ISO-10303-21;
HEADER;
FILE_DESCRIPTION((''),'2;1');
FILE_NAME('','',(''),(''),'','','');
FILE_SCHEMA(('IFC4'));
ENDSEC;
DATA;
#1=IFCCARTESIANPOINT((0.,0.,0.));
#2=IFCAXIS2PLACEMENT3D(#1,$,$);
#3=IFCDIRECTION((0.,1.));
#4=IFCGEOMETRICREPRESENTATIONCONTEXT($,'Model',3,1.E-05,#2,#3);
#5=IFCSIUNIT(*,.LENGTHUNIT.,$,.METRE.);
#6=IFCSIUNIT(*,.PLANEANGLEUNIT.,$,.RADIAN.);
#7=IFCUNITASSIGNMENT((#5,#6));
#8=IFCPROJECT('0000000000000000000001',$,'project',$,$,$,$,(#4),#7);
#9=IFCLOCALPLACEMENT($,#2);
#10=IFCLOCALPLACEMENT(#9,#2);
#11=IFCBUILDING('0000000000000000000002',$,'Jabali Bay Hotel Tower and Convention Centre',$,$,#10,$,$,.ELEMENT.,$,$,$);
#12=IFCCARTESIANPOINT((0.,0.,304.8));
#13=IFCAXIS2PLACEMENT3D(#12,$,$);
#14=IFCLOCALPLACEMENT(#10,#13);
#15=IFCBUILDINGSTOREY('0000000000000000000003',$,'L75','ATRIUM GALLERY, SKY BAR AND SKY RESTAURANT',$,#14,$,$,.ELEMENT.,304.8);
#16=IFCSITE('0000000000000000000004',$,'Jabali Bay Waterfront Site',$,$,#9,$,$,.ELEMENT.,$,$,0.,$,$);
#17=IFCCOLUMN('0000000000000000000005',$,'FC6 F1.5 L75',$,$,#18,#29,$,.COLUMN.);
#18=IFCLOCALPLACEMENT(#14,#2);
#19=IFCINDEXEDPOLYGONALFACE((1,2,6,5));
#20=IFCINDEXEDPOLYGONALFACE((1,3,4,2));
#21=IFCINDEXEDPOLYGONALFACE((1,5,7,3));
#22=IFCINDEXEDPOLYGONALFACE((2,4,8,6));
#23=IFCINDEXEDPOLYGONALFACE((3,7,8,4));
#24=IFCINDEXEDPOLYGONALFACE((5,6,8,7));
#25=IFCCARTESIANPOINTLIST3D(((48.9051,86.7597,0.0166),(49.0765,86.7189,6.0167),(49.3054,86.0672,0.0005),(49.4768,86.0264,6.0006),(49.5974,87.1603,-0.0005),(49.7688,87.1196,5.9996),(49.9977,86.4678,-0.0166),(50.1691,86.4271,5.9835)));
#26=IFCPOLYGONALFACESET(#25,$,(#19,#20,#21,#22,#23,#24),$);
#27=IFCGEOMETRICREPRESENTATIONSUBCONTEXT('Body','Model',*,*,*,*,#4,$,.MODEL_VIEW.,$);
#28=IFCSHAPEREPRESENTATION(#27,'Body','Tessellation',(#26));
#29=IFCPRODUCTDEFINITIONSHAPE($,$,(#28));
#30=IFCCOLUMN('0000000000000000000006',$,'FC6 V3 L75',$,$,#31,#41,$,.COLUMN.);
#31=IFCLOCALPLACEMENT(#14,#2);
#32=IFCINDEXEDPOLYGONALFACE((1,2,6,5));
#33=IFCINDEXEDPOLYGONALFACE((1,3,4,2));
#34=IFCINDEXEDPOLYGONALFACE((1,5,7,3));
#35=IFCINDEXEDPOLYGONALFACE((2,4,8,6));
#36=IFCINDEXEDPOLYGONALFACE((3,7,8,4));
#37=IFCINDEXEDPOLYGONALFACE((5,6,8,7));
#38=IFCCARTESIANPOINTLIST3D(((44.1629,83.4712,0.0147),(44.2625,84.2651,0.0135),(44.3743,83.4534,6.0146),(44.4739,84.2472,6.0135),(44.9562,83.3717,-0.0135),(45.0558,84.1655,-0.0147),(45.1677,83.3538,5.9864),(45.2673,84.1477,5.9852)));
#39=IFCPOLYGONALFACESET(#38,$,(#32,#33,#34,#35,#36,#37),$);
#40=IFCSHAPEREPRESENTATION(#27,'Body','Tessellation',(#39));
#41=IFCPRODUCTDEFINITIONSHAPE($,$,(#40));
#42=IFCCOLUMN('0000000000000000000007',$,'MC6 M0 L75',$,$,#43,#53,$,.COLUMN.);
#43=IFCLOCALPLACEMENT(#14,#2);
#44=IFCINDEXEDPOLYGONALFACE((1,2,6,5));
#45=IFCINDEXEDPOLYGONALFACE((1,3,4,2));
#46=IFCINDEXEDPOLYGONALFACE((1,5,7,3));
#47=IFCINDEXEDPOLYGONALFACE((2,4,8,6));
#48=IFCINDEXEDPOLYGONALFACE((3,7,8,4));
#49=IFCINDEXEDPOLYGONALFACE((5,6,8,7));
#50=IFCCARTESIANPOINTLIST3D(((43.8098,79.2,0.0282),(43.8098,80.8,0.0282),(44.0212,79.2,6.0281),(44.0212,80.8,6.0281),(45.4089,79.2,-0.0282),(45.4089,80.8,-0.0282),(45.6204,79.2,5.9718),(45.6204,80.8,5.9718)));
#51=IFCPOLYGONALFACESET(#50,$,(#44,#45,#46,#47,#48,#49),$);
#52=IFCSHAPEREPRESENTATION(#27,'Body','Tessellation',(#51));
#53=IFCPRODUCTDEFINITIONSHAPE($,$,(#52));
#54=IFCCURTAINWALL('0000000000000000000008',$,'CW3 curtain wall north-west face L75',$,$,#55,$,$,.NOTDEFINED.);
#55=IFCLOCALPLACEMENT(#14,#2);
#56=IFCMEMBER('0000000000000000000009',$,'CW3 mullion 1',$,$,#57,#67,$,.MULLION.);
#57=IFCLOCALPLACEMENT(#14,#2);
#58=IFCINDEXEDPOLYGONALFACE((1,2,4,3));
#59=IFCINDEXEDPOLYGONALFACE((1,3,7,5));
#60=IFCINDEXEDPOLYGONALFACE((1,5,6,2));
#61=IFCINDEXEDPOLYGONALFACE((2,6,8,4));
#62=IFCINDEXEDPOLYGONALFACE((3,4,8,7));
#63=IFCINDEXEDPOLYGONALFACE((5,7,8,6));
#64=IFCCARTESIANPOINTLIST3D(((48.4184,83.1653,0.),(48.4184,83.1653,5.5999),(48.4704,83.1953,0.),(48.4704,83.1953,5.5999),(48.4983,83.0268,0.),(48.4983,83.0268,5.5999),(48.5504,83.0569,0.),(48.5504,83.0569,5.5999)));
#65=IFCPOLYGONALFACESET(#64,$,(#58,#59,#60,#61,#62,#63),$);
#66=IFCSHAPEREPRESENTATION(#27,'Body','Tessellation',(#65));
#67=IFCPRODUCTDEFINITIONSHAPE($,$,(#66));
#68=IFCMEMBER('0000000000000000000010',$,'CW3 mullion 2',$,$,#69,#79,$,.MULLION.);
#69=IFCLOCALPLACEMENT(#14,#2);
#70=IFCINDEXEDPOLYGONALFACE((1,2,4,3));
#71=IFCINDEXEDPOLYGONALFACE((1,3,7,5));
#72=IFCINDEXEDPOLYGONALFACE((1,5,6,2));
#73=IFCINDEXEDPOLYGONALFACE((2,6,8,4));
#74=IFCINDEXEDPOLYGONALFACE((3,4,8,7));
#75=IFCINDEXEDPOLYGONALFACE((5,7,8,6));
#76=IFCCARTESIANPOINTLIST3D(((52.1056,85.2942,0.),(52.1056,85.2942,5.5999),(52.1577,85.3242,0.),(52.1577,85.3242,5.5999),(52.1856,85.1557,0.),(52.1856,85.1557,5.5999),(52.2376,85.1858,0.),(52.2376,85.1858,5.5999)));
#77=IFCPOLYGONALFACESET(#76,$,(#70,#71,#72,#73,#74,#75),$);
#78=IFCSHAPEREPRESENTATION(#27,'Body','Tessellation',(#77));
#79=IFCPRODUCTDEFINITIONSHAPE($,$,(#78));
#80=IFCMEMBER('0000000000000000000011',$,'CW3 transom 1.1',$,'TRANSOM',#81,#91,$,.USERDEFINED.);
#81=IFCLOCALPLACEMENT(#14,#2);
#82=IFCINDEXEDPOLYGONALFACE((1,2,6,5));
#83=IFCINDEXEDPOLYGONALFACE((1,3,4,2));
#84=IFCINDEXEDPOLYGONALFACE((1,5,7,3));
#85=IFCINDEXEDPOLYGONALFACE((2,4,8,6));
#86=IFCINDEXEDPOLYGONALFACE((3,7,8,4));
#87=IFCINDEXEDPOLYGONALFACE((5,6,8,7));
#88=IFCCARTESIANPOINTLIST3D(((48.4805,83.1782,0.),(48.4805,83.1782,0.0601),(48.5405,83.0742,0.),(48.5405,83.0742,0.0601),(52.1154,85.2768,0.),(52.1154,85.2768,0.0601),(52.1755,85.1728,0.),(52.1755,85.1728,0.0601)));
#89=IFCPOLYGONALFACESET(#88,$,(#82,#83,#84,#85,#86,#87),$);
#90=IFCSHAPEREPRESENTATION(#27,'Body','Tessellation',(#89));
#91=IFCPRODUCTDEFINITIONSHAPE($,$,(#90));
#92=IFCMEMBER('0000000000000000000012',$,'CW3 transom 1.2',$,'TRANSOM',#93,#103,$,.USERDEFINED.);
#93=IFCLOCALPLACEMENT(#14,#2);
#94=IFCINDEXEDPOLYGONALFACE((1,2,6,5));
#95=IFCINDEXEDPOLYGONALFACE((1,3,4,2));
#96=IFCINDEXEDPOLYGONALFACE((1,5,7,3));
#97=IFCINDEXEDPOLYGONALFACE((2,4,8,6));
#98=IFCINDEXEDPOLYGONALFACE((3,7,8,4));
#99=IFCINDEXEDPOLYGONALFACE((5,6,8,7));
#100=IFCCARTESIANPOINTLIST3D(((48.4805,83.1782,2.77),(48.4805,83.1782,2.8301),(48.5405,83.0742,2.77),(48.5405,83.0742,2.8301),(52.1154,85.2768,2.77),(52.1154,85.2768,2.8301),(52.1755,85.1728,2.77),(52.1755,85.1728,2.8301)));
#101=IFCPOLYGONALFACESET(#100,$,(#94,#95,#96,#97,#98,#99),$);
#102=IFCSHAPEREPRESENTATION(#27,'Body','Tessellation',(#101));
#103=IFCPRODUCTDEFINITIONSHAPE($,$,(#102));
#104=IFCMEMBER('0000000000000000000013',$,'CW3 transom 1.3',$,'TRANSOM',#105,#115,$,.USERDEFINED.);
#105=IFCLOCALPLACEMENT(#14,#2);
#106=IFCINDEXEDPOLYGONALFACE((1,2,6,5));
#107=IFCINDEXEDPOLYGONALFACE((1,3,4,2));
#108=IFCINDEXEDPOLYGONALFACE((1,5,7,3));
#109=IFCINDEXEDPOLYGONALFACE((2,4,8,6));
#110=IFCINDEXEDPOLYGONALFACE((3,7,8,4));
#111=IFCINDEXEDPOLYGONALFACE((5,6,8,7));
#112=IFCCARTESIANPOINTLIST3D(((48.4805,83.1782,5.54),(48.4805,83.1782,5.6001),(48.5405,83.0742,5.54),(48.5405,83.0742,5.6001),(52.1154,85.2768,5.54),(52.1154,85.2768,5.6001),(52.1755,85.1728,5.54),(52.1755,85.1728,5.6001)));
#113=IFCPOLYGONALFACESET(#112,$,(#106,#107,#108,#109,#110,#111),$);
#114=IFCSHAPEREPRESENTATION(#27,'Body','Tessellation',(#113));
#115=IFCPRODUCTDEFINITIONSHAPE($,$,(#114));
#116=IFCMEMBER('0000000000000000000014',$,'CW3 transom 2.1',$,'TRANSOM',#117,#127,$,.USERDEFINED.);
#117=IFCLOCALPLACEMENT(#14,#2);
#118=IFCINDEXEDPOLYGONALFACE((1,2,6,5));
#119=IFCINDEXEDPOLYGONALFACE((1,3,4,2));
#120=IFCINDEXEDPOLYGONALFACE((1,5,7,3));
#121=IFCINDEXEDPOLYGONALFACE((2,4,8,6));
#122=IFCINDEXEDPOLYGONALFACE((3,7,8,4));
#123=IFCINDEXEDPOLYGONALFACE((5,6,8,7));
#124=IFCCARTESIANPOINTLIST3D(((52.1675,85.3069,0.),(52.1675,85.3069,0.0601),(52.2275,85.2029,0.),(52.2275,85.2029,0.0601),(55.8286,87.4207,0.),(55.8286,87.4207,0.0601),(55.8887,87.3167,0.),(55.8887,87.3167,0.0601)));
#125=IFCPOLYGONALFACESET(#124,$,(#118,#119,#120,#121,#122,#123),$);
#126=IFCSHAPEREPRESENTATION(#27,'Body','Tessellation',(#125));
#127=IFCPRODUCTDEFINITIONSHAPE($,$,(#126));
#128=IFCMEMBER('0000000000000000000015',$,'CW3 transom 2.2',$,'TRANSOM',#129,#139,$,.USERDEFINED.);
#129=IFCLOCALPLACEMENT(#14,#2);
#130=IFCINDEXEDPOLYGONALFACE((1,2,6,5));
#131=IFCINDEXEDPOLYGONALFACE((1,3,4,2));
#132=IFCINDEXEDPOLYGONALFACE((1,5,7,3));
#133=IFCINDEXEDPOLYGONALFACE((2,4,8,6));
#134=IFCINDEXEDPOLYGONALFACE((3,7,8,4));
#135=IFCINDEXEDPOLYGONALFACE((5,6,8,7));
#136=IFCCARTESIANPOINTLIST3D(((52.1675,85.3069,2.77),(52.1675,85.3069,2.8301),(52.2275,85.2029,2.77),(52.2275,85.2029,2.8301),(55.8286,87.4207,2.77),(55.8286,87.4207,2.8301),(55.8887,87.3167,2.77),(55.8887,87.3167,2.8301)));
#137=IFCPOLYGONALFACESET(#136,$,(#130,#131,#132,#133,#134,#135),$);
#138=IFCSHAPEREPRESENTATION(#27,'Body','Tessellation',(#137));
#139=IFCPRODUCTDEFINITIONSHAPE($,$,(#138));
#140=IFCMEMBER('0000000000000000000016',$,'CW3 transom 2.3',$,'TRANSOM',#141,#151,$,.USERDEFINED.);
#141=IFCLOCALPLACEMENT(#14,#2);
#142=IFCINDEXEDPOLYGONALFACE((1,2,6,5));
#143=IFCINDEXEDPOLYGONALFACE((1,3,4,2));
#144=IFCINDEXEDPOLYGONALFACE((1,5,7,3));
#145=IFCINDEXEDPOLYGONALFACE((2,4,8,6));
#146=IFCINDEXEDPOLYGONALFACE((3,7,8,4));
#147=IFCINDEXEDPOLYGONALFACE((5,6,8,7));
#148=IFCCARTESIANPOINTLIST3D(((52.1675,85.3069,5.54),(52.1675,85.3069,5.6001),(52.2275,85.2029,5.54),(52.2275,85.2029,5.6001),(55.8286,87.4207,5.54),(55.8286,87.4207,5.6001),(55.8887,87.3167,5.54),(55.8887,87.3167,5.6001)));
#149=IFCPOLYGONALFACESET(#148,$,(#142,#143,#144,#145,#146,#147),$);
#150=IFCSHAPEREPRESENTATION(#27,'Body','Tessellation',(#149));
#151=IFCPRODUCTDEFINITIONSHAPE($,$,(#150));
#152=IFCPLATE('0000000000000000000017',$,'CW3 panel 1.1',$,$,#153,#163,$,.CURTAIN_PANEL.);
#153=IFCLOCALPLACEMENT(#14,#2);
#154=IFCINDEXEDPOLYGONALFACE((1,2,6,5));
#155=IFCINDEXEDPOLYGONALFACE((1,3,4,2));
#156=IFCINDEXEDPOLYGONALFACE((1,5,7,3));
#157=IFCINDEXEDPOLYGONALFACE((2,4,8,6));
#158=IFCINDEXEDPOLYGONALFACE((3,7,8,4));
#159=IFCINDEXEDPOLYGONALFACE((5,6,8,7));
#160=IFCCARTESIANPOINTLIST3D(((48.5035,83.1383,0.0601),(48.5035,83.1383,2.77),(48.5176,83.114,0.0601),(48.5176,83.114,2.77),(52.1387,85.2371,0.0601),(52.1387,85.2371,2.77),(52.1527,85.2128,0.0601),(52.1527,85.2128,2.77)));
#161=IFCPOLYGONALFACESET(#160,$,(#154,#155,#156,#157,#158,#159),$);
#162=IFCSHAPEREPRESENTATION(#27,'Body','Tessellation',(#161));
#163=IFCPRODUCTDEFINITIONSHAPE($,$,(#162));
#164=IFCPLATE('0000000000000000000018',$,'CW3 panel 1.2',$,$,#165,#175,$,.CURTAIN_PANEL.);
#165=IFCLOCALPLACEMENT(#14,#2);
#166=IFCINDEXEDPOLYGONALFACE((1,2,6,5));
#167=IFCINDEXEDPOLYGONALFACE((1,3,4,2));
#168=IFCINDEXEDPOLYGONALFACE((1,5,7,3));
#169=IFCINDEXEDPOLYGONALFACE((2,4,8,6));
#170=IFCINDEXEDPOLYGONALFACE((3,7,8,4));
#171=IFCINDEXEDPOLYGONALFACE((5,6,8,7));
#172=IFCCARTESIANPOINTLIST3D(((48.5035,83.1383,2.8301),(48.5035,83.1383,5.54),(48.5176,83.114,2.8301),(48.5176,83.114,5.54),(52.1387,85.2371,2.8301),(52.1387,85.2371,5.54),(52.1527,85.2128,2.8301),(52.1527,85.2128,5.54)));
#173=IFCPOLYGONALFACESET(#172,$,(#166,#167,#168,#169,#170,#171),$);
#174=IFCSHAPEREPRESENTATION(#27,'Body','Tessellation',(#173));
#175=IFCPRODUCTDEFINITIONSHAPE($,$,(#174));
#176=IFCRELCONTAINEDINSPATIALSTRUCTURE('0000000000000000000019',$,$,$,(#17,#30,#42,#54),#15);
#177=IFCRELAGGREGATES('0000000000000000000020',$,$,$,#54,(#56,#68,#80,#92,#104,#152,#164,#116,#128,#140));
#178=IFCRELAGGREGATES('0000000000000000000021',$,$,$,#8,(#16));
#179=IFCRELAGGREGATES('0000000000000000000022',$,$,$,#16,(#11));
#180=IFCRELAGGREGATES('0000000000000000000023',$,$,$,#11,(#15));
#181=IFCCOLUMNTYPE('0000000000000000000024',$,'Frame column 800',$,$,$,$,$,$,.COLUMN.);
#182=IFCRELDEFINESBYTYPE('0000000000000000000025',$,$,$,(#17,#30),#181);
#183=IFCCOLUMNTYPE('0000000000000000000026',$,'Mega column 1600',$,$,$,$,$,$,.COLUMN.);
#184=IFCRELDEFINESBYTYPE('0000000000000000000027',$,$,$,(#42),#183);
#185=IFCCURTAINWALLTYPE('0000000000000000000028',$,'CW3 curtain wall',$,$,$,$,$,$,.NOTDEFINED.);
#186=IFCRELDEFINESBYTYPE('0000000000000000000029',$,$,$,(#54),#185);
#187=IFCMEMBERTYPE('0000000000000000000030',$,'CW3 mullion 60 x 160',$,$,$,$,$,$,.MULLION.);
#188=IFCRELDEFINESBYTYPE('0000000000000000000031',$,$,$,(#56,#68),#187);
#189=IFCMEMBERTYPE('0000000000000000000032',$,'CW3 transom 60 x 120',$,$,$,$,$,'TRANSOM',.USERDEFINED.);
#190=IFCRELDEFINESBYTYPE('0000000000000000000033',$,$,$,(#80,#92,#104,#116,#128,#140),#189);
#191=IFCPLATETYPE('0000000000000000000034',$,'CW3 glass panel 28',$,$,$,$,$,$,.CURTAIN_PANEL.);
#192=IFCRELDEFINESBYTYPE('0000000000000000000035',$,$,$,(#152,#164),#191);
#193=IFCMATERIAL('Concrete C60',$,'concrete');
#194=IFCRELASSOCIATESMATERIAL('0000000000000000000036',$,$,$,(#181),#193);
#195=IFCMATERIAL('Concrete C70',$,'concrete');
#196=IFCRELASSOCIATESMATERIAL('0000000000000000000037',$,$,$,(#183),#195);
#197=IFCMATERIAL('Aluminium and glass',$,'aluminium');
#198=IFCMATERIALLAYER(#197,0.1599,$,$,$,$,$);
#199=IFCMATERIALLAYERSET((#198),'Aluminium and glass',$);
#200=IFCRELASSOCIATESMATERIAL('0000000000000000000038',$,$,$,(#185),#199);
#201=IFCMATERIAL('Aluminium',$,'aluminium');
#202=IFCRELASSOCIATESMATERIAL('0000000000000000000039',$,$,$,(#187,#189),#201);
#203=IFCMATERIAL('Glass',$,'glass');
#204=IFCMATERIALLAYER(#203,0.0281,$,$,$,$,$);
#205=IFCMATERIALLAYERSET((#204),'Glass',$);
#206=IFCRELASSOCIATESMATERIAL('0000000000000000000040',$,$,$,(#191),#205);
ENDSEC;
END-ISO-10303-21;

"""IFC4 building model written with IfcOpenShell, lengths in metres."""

from ifc_helpers import new_model, si_unit, direction, frame, origin, origin_2d, place, context, subcontext, project, spatial, rectangle, extrude, material, layer, layer_set, material_profile, profile_set, type_object, element, aggregate, save


model = new_model("IFC4")

# Units and contexts
model_context = context("Model", 3, precision=1e-05, world=origin(), true_north=direction((0.0, 1.0)))
body_context = subcontext(model_context, "Body", "Model", "MODEL_VIEW")
ifc_project = project(units=[si_unit("LENGTHUNIT", "METRE"), si_unit("PLANEANGLEUNIT", "RADIAN")], contexts=[model_context])

# Site, building, storey
site_placement = place(None, origin())
site = spatial("IfcSite", under=ifc_project, at=site_placement, Name="Jabali Bay Waterfront Site", CompositionType="ELEMENT", RefElevation=0.0)
building_placement = place(site_placement, origin())
building = spatial("IfcBuilding", under=site, at=building_placement, Name="Jabali Bay Hotel Tower and Convention Centre", CompositionType="ELEMENT")
storey_placement = place(building_placement, frame((0.0, 0.0, 304.8)))
storey = spatial("IfcBuildingStorey", under=building, at=storey_placement, Name="L75", Description="ATRIUM GALLERY, SKY BAR AND SKY RESTAURANT", CompositionType="ELEMENT", Elevation=304.8)

# Columns
ifc_material_1 = material(Name="Concrete C60", Category="concrete")
ifc_material_profile_1 = material_profile(ifc_material_1, rectangle(XDim=0.8, YDim=0.8, at=origin_2d()), Name="Frame column 800")
ifc_profile_set_1 = profile_set([ifc_material_profile_1], Name="Concrete C60")
column_type_1 = type_object("IfcColumnType", Name="Frame column 800", PredefinedType="COLUMN", material=ifc_profile_set_1)
column_1_placement = place(storey_placement, frame((49.4514, 86.6138, 0.0), z_axis=(0.028552, -0.006792, 0.999569), x_axis=(-0.50039, 0.865565, 0.020175)))
element("IfcColumn", 1, at=column_1_placement, inside=storey, type_object=column_type_1, Name="FC6 F1.5 L75", PredefinedType="COLUMN", context=body_context, shape_type="SweptSolid", body=[
    extrude(rectangle(XDim=0.8, YDim=0.8, at=origin_2d()), origin(), (0.0, 0.0, 1.0), 6.0027),
])
column_2_placement = place(storey_placement, frame((44.6094, 83.8184, 0.0), z_axis=(0.035216, -0.002969, 0.999375), x_axis=(-0.991594, 0.124478, 0.035311)))
element("IfcColumn", 2, at=column_2_placement, inside=storey, type_object=column_type_1, Name="FC6 V3 L75", PredefinedType="COLUMN", context=body_context, shape_type="SweptSolid", body=[
    extrude(rectangle(XDim=0.8, YDim=0.8, at=origin_2d()), origin(), (0.0, 0.0, 1.0), 6.0037),
])
ifc_material_2 = material(Name="Concrete C70", Category="concrete")
ifc_material_profile_2 = material_profile(ifc_material_2, rectangle(XDim=1.6001, YDim=1.6001, at=origin_2d()), Name="Mega column 1600")
ifc_profile_set_2 = profile_set([ifc_material_profile_2], Name="Concrete C70")
column_type_2 = type_object("IfcColumnType", Name="Mega column 1600", PredefinedType="COLUMN", material=ifc_profile_set_2)
column_3_placement = place(storey_placement, frame((44.6094, 80.0, 0.0), z_axis=(0.035216, 0.0, 0.99938), x_axis=(0.0, 1.0, 0.0)))
element("IfcColumn", 3, at=column_3_placement, inside=storey, type_object=column_type_2, Name="MC6 M0 L75", PredefinedType="COLUMN", context=body_context, shape_type="SweptSolid", body=[
    extrude(rectangle(XDim=1.6001, YDim=1.6001, at=origin_2d()), origin(), (0.0, 0.0, 1.0), 6.0037),
])

# Curtain wall, members, plates
ifc_material_3 = material(Name="Aluminium and glass", Category="aluminium")
ifc_layer_1 = layer(ifc_material_3, 0.1599)
ifc_layer_set_1 = layer_set([ifc_layer_1], Name="Aluminium and glass")
curtain_wall_type = type_object("IfcCurtainWallType", Name="CW3 curtain wall", PredefinedType="NOTDEFINED", material=ifc_layer_set_1)
curtain_wall_placement = place(storey_placement, origin())
curtain_wall = element("IfcCurtainWall", 4, at=curtain_wall_placement, inside=storey, type_object=curtain_wall_type, Name="CW3 curtain wall north-west face L75", PredefinedType="NOTDEFINED")
ifc_material_4 = material(Name="Aluminium", Category="aluminium")
ifc_material_profile_3 = material_profile(ifc_material_4, rectangle(XDim=0.1599, YDim=0.0601, at=origin_2d()), Name="CW3 mullion 60 x 160")
ifc_profile_set_3 = profile_set([ifc_material_profile_3], Name="Aluminium")
member_type_1 = type_object("IfcMemberType", Name="CW3 mullion 60 x 160", PredefinedType="MULLION", material=ifc_profile_set_3)
member_1_placement = place(storey_placement, frame((48.4844, 83.1111, 0.0), z_axis=(0.0, 0.0, 1.0), x_axis=(-0.5, 0.866025, 0.0)))
member_1 = element("IfcMember", 5, at=member_1_placement, type_object=member_type_1, Name="CW3 mullion 1", PredefinedType="MULLION", context=body_context, shape_type="SweptSolid", body=[
    extrude(rectangle(XDim=0.1599, YDim=0.0601, at=origin_2d()), origin(), (0.0, 0.0, 1.0), 5.5999),
])
member_2_placement = place(storey_placement, frame((52.1716, 85.24, 0.0), z_axis=(0.0, 0.0, 1.0), x_axis=(-0.5, 0.866025, 0.0)))
member_2 = element("IfcMember", 6, at=member_2_placement, type_object=member_type_1, Name="CW3 mullion 2", PredefinedType="MULLION", context=body_context, shape_type="SweptSolid", body=[
    extrude(rectangle(XDim=0.1599, YDim=0.0601, at=origin_2d()), origin(), (0.0, 0.0, 1.0), 5.5999),
])
ifc_material_profile_4 = material_profile(ifc_material_4, rectangle(XDim=0.1201, YDim=0.0601, at=origin_2d()), Name="CW3 transom 60 x 120")
ifc_profile_set_4 = profile_set([ifc_material_profile_4], Name="Aluminium")
member_type_2 = type_object("IfcMemberType", Name="CW3 transom 60 x 120", ElementType="TRANSOM", PredefinedType="USERDEFINED", material=ifc_profile_set_4)
member_3_placement = place(storey_placement, frame((48.5105, 83.1262, 0.03), z_axis=(0.86603, 0.499993, 0.0), x_axis=(-0.499993, 0.86603, 0.0)))
member_3 = element("IfcMember", 7, at=member_3_placement, type_object=member_type_2, Name="CW3 transom 1.1", ObjectType="TRANSOM", PredefinedType="USERDEFINED", context=body_context, shape_type="SweptSolid", body=[
    extrude(rectangle(XDim=0.1201, YDim=0.0601, at=origin_2d()), origin(), (0.0, 0.0, 1.0), 4.1973),
])
member_4_placement = place(storey_placement, frame((48.5105, 83.1262, 2.8), z_axis=(0.86603, 0.499993, 0.0), x_axis=(-0.499993, 0.86603, 0.0)))
member_4 = element("IfcMember", 8, at=member_4_placement, type_object=member_type_2, Name="CW3 transom 1.2", ObjectType="TRANSOM", PredefinedType="USERDEFINED", context=body_context, shape_type="SweptSolid", body=[
    extrude(rectangle(XDim=0.1201, YDim=0.0601, at=origin_2d()), origin(), (0.0, 0.0, 1.0), 4.1973),
])
member_5_placement = place(storey_placement, frame((48.5105, 83.1262, 5.5701), z_axis=(0.86603, 0.499993, 0.0), x_axis=(-0.499993, 0.86603, 0.0)))
member_5 = element("IfcMember", 9, at=member_5_placement, type_object=member_type_2, Name="CW3 transom 1.3", ObjectType="TRANSOM", PredefinedType="USERDEFINED", context=body_context, shape_type="SweptSolid", body=[
    extrude(rectangle(XDim=0.1201, YDim=0.0601, at=origin_2d()), origin(), (0.0, 0.0, 1.0), 4.1973),
])
member_6_placement = place(storey_placement, frame((52.1975, 85.2549, 0.03), z_axis=(0.866024, 0.500002, 0.0), x_axis=(-0.500002, 0.866024, 0.0)))
member_6 = element("IfcMember", 10, at=member_6_placement, type_object=member_type_2, Name="CW3 transom 2.1", ObjectType="TRANSOM", PredefinedType="USERDEFINED", context=body_context, shape_type="SweptSolid", body=[
    extrude(rectangle(XDim=0.1201, YDim=0.0601, at=origin_2d()), origin(), (0.0, 0.0, 1.0), 4.2275),
])
member_7_placement = place(storey_placement, frame((52.1975, 85.2549, 2.8), z_axis=(0.866024, 0.500002, 0.0), x_axis=(-0.500002, 0.866024, 0.0)))
member_7 = element("IfcMember", 11, at=member_7_placement, type_object=member_type_2, Name="CW3 transom 2.2", ObjectType="TRANSOM", PredefinedType="USERDEFINED", context=body_context, shape_type="SweptSolid", body=[
    extrude(rectangle(XDim=0.1201, YDim=0.0601, at=origin_2d()), origin(), (0.0, 0.0, 1.0), 4.2275),
])
member_8_placement = place(storey_placement, frame((52.1975, 85.2549, 5.5701), z_axis=(0.866024, 0.500002, 0.0), x_axis=(-0.500002, 0.866024, 0.0)))
member_8 = element("IfcMember", 12, at=member_8_placement, type_object=member_type_2, Name="CW3 transom 2.3", ObjectType="TRANSOM", PredefinedType="USERDEFINED", context=body_context, shape_type="SweptSolid", body=[
    extrude(rectangle(XDim=0.1201, YDim=0.0601, at=origin_2d()), origin(), (0.0, 0.0, 1.0), 4.2275),
])
ifc_material_5 = material(Name="Glass", Category="glass")
ifc_layer_2 = layer(ifc_material_5, 0.0281)
ifc_layer_set_2 = layer_set([ifc_layer_2], Name="Glass")
plate_type = type_object("IfcPlateType", Name="CW3 glass panel 28", PredefinedType="CURTAIN_PANEL", material=ifc_layer_set_2)
plate_1_placement = place(storey_placement, frame((50.3281, 84.1755, 0.0601), z_axis=(0.0, 0.0, 1.0), x_axis=(0.866025, 0.5, 0.0)))
plate_1 = element("IfcPlate", 13, at=plate_1_placement, type_object=plate_type, Name="CW3 panel 1.1", PredefinedType="CURTAIN_PANEL", context=body_context, shape_type="SweptSolid", body=[
    extrude(rectangle(XDim=4.1975, YDim=0.0281, at=origin_2d()), origin(), (0.0, 0.0, 1.0), 2.71),
])
plate_2_placement = place(storey_placement, frame((50.3281, 84.1755, 2.8301), z_axis=(0.0, 0.0, 1.0), x_axis=(0.866025, 0.5, 0.0)))
plate_2 = element("IfcPlate", 14, at=plate_2_placement, type_object=plate_type, Name="CW3 panel 1.2", PredefinedType="CURTAIN_PANEL", context=body_context, shape_type="SweptSolid", body=[
    extrude(rectangle(XDim=4.1975, YDim=0.0281, at=origin_2d()), origin(), (0.0, 0.0, 1.0), 2.71),
])
aggregate(curtain_wall, [member_1, member_2, member_3, member_4, member_5, plate_1, plate_2, member_6, member_7, member_8])

save(model, "model.ifc")
